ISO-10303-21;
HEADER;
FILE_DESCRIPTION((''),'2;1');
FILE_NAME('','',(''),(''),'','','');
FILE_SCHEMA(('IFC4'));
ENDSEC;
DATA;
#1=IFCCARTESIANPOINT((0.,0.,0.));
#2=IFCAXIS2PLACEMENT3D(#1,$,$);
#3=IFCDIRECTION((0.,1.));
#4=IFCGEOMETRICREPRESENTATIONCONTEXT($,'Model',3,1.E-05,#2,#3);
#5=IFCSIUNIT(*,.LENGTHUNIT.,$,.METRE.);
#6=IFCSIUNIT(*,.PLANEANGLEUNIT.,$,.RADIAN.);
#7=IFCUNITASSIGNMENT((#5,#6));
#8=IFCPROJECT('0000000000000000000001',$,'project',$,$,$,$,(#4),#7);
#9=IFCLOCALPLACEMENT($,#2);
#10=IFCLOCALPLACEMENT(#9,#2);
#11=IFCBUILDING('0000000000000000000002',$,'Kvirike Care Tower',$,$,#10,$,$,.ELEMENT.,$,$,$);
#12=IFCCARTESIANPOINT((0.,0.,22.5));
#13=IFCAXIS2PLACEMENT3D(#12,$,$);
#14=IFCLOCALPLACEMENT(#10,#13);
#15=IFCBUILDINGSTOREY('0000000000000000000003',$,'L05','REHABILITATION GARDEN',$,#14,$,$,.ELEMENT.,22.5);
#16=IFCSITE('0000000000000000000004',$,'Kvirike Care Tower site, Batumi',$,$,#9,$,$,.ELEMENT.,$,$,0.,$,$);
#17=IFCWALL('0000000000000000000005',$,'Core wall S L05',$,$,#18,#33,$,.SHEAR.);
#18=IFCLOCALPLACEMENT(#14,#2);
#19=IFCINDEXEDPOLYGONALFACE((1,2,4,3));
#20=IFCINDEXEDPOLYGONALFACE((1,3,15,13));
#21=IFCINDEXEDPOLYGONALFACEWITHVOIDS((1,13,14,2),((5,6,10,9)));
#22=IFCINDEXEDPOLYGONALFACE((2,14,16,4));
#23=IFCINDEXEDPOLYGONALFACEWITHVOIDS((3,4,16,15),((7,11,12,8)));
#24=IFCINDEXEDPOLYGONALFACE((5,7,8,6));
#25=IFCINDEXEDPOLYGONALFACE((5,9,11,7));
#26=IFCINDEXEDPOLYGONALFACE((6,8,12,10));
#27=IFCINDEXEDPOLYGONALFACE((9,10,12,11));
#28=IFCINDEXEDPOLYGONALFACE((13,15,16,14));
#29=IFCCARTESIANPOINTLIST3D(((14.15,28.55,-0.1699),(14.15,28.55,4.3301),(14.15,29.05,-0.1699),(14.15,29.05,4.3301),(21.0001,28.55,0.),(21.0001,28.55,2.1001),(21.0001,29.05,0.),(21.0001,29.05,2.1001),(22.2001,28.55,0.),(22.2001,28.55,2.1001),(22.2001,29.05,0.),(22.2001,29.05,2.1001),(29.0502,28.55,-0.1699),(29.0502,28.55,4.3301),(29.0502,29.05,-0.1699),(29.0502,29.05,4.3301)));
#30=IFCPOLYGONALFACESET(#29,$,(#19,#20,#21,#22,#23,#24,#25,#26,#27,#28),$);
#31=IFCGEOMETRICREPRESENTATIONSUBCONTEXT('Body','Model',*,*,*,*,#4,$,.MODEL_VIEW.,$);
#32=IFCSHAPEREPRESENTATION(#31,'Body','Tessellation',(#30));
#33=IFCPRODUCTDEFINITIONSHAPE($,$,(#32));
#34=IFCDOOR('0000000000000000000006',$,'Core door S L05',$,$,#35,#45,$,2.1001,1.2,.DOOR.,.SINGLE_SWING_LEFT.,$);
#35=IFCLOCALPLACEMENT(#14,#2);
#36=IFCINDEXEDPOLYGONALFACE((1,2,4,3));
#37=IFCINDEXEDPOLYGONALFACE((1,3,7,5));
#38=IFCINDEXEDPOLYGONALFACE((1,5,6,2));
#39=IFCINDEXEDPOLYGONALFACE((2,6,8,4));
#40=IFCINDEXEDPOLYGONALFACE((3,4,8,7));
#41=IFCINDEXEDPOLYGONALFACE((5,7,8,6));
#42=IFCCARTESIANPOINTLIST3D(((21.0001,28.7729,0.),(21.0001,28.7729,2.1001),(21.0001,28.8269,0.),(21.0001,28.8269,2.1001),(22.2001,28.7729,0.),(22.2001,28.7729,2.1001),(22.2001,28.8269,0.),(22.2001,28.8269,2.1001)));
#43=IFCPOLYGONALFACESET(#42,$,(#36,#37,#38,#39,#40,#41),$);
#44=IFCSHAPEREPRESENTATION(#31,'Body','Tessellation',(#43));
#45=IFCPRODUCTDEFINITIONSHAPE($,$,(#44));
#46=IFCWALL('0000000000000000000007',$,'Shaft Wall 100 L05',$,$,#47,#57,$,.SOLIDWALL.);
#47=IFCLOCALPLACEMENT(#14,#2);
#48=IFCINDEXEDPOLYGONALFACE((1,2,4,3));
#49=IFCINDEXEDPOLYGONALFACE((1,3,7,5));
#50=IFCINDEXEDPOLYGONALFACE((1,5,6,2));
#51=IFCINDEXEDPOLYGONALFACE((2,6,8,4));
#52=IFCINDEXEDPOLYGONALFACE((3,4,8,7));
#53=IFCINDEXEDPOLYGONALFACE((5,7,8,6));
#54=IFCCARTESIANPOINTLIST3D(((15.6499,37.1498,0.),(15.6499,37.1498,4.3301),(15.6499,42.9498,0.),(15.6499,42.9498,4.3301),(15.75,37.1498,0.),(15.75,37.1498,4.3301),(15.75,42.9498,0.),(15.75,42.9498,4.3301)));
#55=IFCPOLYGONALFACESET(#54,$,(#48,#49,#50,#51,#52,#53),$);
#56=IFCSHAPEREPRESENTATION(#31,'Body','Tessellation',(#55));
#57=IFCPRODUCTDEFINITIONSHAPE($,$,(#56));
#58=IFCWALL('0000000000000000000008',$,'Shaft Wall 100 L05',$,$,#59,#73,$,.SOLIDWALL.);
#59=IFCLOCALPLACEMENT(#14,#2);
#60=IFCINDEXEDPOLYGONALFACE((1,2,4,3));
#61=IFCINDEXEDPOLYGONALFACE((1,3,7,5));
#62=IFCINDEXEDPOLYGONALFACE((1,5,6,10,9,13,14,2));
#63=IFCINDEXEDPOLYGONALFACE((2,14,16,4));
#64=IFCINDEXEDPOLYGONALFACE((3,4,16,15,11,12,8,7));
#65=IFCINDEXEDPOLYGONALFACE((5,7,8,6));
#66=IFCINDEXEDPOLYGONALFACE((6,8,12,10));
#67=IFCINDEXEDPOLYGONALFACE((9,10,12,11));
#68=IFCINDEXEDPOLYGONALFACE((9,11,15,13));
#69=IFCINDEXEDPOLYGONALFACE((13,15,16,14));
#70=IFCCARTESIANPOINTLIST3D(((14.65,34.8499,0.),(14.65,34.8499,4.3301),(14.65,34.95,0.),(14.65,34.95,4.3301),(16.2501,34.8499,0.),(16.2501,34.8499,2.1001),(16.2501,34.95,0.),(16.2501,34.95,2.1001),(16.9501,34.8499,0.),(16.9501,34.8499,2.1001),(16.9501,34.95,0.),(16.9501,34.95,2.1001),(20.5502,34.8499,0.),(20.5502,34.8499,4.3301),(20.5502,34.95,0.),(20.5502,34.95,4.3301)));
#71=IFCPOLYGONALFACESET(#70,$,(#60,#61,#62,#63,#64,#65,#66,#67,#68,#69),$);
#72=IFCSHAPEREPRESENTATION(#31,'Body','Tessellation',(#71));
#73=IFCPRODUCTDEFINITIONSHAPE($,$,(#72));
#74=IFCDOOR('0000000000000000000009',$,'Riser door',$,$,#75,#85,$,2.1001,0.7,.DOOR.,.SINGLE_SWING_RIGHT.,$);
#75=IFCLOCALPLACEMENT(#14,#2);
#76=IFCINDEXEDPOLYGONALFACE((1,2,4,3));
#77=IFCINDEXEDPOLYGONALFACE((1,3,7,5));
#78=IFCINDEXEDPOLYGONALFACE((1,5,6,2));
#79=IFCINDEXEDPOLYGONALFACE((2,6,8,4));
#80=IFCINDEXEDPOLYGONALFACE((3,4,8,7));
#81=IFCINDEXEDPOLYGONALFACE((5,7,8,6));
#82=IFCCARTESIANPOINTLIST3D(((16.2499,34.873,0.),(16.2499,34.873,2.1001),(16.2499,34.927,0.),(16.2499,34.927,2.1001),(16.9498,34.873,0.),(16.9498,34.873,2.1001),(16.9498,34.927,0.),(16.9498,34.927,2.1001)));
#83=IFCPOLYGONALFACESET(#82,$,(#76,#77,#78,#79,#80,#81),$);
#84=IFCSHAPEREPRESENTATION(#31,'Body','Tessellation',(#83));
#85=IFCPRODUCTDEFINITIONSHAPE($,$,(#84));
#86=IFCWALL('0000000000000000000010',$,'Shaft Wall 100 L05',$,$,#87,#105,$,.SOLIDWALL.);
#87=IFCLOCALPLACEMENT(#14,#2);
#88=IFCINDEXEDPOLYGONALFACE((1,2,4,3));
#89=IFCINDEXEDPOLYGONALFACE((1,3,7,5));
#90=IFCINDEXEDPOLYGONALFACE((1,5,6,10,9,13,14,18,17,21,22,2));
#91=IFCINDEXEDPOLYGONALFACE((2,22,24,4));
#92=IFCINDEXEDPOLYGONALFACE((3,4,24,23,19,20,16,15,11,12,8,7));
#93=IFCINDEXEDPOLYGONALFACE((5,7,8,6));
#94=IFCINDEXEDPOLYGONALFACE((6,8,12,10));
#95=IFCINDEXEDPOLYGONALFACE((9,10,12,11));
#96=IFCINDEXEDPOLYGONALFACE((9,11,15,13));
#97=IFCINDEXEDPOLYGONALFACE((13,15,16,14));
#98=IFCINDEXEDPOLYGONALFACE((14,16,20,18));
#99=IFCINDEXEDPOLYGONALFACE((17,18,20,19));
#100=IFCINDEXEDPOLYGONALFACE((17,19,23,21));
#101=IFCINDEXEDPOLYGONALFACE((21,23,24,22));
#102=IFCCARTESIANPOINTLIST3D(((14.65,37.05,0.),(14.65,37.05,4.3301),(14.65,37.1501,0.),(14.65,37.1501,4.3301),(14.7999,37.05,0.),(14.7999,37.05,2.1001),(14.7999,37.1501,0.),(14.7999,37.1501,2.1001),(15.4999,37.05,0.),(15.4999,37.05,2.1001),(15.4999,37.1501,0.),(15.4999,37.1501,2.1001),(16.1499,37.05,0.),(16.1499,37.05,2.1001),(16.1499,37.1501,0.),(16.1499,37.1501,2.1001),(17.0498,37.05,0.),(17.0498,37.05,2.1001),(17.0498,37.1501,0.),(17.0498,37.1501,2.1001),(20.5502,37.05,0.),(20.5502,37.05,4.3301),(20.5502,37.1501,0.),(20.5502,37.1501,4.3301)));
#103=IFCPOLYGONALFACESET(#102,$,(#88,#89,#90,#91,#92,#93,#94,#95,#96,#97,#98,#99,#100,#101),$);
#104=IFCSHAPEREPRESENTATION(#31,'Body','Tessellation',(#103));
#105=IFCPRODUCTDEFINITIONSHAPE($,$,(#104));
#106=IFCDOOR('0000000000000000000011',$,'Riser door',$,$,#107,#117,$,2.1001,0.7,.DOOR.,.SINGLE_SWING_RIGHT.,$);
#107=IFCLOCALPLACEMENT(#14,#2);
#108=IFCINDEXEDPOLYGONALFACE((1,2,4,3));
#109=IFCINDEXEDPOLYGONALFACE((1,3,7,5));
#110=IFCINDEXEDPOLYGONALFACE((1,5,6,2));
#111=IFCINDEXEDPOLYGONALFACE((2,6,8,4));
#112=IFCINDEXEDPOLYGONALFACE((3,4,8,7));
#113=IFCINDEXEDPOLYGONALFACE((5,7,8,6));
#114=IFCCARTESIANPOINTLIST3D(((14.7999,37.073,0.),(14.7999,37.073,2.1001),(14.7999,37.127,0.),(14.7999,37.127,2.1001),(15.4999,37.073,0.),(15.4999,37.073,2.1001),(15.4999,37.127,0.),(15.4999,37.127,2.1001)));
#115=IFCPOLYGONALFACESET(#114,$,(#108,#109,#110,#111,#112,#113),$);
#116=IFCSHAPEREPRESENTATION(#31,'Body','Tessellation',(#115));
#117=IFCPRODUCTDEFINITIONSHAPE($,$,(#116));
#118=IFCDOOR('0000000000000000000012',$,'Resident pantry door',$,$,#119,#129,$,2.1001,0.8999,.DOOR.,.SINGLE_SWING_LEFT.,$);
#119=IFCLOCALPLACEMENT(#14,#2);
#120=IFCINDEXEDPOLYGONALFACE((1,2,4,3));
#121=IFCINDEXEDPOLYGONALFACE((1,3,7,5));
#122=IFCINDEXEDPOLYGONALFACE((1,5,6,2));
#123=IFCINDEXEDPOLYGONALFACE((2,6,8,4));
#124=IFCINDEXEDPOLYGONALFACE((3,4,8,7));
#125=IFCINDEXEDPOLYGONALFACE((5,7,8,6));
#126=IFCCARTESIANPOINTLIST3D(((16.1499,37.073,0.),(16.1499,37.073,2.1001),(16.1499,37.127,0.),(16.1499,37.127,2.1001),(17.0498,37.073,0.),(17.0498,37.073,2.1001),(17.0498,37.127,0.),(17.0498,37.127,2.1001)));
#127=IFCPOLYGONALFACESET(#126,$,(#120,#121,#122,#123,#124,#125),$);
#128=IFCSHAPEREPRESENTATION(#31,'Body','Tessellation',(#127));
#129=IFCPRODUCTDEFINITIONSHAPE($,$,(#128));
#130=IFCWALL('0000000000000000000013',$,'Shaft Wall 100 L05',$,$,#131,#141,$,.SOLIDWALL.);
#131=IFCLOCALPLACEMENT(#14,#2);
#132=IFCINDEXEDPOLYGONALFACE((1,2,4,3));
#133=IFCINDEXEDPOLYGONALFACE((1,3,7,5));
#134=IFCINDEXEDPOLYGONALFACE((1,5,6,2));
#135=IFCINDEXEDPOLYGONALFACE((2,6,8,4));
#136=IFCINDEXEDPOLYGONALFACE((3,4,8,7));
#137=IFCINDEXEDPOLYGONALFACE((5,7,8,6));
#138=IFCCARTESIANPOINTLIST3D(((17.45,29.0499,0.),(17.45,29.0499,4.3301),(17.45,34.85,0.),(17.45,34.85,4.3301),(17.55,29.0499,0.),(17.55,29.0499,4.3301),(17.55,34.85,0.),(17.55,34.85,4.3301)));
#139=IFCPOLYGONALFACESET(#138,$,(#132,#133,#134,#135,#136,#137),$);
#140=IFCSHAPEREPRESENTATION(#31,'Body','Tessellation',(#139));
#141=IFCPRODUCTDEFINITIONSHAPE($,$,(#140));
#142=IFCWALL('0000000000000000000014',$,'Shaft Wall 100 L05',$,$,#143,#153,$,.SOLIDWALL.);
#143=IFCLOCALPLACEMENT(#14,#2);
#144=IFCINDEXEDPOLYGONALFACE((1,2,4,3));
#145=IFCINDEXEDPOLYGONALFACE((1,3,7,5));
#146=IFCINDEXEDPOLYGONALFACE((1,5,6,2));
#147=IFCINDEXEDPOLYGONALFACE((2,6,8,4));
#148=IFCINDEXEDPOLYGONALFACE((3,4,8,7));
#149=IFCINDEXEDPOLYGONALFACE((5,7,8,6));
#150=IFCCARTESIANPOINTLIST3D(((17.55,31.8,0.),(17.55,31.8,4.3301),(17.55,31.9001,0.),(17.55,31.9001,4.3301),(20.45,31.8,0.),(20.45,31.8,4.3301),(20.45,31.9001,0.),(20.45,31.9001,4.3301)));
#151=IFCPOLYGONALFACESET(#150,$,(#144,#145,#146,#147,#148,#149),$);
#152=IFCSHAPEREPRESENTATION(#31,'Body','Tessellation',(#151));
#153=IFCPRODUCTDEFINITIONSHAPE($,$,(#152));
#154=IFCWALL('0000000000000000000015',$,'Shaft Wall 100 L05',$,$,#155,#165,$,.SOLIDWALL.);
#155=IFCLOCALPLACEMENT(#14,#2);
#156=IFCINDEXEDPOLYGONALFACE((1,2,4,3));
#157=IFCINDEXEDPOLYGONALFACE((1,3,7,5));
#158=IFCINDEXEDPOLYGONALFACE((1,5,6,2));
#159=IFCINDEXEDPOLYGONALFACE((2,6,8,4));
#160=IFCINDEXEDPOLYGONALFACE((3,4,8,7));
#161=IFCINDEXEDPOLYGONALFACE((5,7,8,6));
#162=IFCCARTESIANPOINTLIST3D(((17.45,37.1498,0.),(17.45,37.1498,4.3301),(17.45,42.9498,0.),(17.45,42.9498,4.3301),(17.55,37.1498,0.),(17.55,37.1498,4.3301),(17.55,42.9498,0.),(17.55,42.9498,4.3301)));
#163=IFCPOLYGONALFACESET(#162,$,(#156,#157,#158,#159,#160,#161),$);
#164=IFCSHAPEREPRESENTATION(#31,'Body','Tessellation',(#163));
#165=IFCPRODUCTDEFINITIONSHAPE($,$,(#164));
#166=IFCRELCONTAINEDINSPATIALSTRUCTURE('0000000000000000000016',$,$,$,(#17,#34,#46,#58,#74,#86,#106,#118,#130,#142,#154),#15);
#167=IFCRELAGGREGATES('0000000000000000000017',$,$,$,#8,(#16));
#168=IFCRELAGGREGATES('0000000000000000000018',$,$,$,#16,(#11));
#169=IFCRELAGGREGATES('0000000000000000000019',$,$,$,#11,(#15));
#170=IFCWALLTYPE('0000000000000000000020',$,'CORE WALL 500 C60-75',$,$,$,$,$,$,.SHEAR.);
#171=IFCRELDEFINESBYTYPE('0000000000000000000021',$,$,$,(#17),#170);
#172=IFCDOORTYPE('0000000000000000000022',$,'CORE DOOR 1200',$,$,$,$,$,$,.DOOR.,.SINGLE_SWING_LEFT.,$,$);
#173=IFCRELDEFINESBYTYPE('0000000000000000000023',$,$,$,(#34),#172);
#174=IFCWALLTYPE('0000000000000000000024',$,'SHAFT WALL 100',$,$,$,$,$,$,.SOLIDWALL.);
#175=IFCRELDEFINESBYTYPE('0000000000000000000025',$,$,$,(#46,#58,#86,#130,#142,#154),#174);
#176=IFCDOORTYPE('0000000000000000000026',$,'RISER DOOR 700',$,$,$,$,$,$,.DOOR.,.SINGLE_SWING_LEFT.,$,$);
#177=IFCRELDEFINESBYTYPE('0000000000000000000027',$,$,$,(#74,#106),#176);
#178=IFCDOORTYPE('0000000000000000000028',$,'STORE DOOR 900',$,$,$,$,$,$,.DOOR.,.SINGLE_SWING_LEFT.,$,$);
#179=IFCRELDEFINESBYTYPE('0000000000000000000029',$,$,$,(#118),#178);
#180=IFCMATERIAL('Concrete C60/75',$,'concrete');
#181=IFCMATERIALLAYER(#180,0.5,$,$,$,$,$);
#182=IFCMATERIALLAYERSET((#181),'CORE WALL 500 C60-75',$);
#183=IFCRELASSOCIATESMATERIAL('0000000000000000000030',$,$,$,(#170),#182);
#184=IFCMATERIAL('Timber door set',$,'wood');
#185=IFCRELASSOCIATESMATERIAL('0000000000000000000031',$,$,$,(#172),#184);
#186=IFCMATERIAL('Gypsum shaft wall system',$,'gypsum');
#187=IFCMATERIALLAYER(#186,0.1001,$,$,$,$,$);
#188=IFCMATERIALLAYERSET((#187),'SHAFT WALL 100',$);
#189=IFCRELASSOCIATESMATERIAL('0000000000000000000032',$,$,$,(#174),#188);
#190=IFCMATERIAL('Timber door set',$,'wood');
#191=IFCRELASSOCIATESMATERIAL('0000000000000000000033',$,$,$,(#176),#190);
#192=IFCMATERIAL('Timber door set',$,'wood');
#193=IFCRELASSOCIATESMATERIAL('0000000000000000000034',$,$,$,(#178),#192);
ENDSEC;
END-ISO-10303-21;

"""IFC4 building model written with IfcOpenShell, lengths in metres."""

from ifc_helpers import new_model, si_unit, direction, frame, frame_2d, origin, place, context, subcontext, project, spatial, rectangle, extrude, material, layer, layer_set, type_object, element, fill, save


model = new_model("IFC4")

# Units and contexts
model_context = context("Model", 3, precision=1e-05, world=origin(), true_north=direction((0.0, 1.0)))
body_context = subcontext(model_context, "Body", "Model", "MODEL_VIEW")
ifc_project = project(units=[si_unit("LENGTHUNIT", "METRE"), si_unit("PLANEANGLEUNIT", "RADIAN")], contexts=[model_context])

# Site, building, storey
site_placement = place(None, origin())
site = spatial("IfcSite", under=ifc_project, at=site_placement, Name="Kvirike Care Tower site, Batumi", CompositionType="ELEMENT", RefElevation=0.0)
building_placement = place(site_placement, origin())
building = spatial("IfcBuilding", under=site, at=building_placement, Name="Kvirike Care Tower", CompositionType="ELEMENT")
storey_placement = place(building_placement, frame((0.0, 0.0, 22.5)))
storey = spatial("IfcBuildingStorey", under=building, at=storey_placement, Name="L05", Description="REHABILITATION GARDEN", CompositionType="ELEMENT", Elevation=22.5)

# Wall, opening, door
ifc_material_1 = material(Name="Concrete C60/75", Category="concrete")
ifc_layer_1 = layer(ifc_material_1, 0.5)
ifc_layer_set_1 = layer_set([ifc_layer_1], Name="CORE WALL 500 C60-75")
wall_type_1 = type_object("IfcWallType", Name="CORE WALL 500 C60-75", PredefinedType="SHEAR", material=ifc_layer_set_1)
wall_1_placement = place(storey_placement, frame((14.1499, 28.8, -0.1699), z_axis=(0.0, 0.0, 1.0), x_axis=(1.0, 0.0, 0.0)))
wall_1 = element("IfcWall", 1, at=wall_1_placement, inside=storey, type_object=wall_type_1, Name="Core wall S L05", PredefinedType="SHEAR", context=body_context, shape_type="SweptSolid", body=[
    extrude(rectangle(XDim=14.9001, YDim=0.5, at=frame_2d((7.4502, 0.0))), origin(), (0.0, 0.0, 1.0), 4.5),
])
opening_1_placement = place(wall_1_placement, frame((6.8501, 0.0, 0.1699)))
opening_1 = element("IfcOpeningElement", 2, at=opening_1_placement, cuts=wall_1, PredefinedType="OPENING", context=body_context, shape_type="SweptSolid", body=[
    extrude(rectangle(XDim=1.2, YDim=2.1001, at=frame_2d((0.6001, 1.05))), frame((0.0, 0.2605, 0.0), z_axis=(0.0, -1.0, 0.0), x_axis=(1.0, 0.0, 0.0)), (0.0, 0.0, 1.0), 0.521),
])
ifc_material_2 = material(Name="Timber door set", Category="wood")
door_type_1 = type_object("IfcDoorType", Name="CORE DOOR 1200", OperationType="SINGLE_SWING_LEFT", PredefinedType="DOOR", material=ifc_material_2)
door_1_placement = place(opening_1_placement, origin())
door_1 = element("IfcDoor", 3, at=door_1_placement, inside=storey, type_object=door_type_1, Name="Core door S L05", OperationType="SINGLE_SWING_LEFT", OverallHeight=2.1001, OverallWidth=1.2, PredefinedType="DOOR", context=body_context, shape_type="SweptSolid", body=[
    extrude(rectangle(XDim=1.2, YDim=2.1001, at=frame_2d((0.6001, 1.05))), frame((0.0, 0.0269, 0.0), z_axis=(0.0, -1.0, 0.0), x_axis=(1.0, 0.0, 0.0)), (0.0, 0.0, 1.0), 0.054),
])
fill(opening_1, door_1)

# Wall
ifc_material_3 = material(Name="Gypsum shaft wall system", Category="gypsum")
ifc_layer_2 = layer(ifc_material_3, 0.1001)
ifc_layer_set_2 = layer_set([ifc_layer_2], Name="SHAFT WALL 100")
wall_type_2 = type_object("IfcWallType", Name="SHAFT WALL 100", PredefinedType="SOLIDWALL", material=ifc_layer_set_2)
wall_2_placement = place(storey_placement, frame((15.7, 37.1499, 0.0), z_axis=(0.0, 0.0, 1.0), x_axis=(0.0, 1.0, 0.0)))
element("IfcWall", 4, at=wall_2_placement, inside=storey, type_object=wall_type_2, Name="Shaft Wall 100 L05", PredefinedType="SOLIDWALL", context=body_context, shape_type="SweptSolid", body=[
    extrude(rectangle(XDim=5.8, YDim=0.1001, at=frame_2d((2.8999, 0.0))), origin(), (0.0, 0.0, 1.0), 4.3301),
])

# Wall, opening, door
wall_3_placement = place(storey_placement, frame((14.6499, 34.8999, 0.0), z_axis=(0.0, 0.0, 1.0), x_axis=(1.0, 0.0, 0.0)))
wall_3 = element("IfcWall", 5, at=wall_3_placement, inside=storey, type_object=wall_type_2, Name="Shaft Wall 100 L05", PredefinedType="SOLIDWALL", context=body_context, shape_type="SweptSolid", body=[
    extrude(rectangle(XDim=5.9001, YDim=0.1001, at=frame_2d((2.9502, 0.0))), origin(), (0.0, 0.0, 1.0), 4.3301),
])
opening_2_placement = place(wall_3_placement, frame((1.6001, 0.0, 0.0)))
opening_2 = element("IfcOpeningElement", 6, at=opening_2_placement, cuts=wall_3, PredefinedType="OPENING", context=body_context, shape_type="SweptSolid", body=[
    extrude(rectangle(XDim=0.7, YDim=2.1001, at=frame_2d((0.3501, 1.05))), frame((0.0, 0.0605, 0.0), z_axis=(0.0, -1.0, 0.0), x_axis=(1.0, 0.0, 0.0)), (0.0, 0.0, 1.0), 0.1211),
])
ifc_material_4 = material(Name="Timber door set", Category="wood")
door_type_2 = type_object("IfcDoorType", Name="RISER DOOR 700", OperationType="SINGLE_SWING_LEFT", PredefinedType="DOOR", material=ifc_material_4)
door_2_placement = place(opening_2_placement, frame((0.7, 0.0, 0.0), z_axis=(0.0, 0.0, 1.0), x_axis=(-1.0, 0.0, 0.0)))
door_2 = element("IfcDoor", 7, at=door_2_placement, inside=storey, type_object=door_type_2, Name="Riser door", OperationType="SINGLE_SWING_RIGHT", OverallHeight=2.1001, OverallWidth=0.7, PredefinedType="DOOR", context=body_context, shape_type="SweptSolid", body=[
    extrude(rectangle(XDim=0.7, YDim=2.1001, at=frame_2d((0.3501, 1.05))), frame((0.0, 0.0269, 0.0), z_axis=(0.0, -1.0, 0.0), x_axis=(1.0, 0.0, 0.0)), (0.0, 0.0, 1.0), 0.054),
])
fill(opening_2, door_2)

# Wall, openings, doors
wall_4_placement = place(storey_placement, frame((14.6499, 37.1001, 0.0), z_axis=(0.0, 0.0, 1.0), x_axis=(1.0, 0.0, 0.0)))
wall_4 = element("IfcWall", 8, at=wall_4_placement, inside=storey, type_object=wall_type_2, Name="Shaft Wall 100 L05", PredefinedType="SOLIDWALL", context=body_context, shape_type="SweptSolid", body=[
    extrude(rectangle(XDim=5.9001, YDim=0.1001, at=frame_2d((2.9502, 0.0))), origin(), (0.0, 0.0, 1.0), 4.3301),
])
opening_3_placement = place(wall_4_placement, frame((0.1499, 0.0, 0.0)))
opening_3 = element("IfcOpeningElement", 9, at=opening_3_placement, cuts=wall_4, PredefinedType="OPENING", context=body_context, shape_type="SweptSolid", body=[
    extrude(rectangle(XDim=0.7, YDim=2.1001, at=frame_2d((0.3501, 1.05))), frame((0.0, 0.0605, 0.0), z_axis=(0.0, -1.0, 0.0), x_axis=(1.0, 0.0, 0.0)), (0.0, 0.0, 1.0), 0.1211),
])
opening_4_placement = place(wall_4_placement, frame((1.5, 0.0, 0.0)))
opening_4 = element("IfcOpeningElement", 10, at=opening_4_placement, cuts=wall_4, PredefinedType="OPENING", context=body_context, shape_type="SweptSolid", body=[
    extrude(rectangle(XDim=0.8999, YDim=2.1001, at=frame_2d((0.45, 1.05))), frame((0.0, 0.0605, 0.0), z_axis=(0.0, -1.0, 0.0), x_axis=(1.0, 0.0, 0.0)), (0.0, 0.0, 1.0), 0.1211),
])
door_3_placement = place(opening_3_placement, origin())
door_3 = element("IfcDoor", 11, at=door_3_placement, inside=storey, type_object=door_type_2, Name="Riser door", OperationType="SINGLE_SWING_RIGHT", OverallHeight=2.1001, OverallWidth=0.7, PredefinedType="DOOR", context=body_context, shape_type="SweptSolid", body=[
    extrude(rectangle(XDim=0.7, YDim=2.1001, at=frame_2d((0.3501, 1.05))), frame((0.0, 0.0269, 0.0), z_axis=(0.0, -1.0, 0.0), x_axis=(1.0, 0.0, 0.0)), (0.0, 0.0, 1.0), 0.054),
])
fill(opening_3, door_3)
ifc_material_5 = material(Name="Timber door set", Category="wood")
door_type_3 = type_object("IfcDoorType", Name="STORE DOOR 900", OperationType="SINGLE_SWING_LEFT", PredefinedType="DOOR", material=ifc_material_5)
door_4_placement = place(opening_4_placement, origin())
door_4 = element("IfcDoor", 12, at=door_4_placement, inside=storey, type_object=door_type_3, Name="Resident pantry door", OperationType="SINGLE_SWING_LEFT", OverallHeight=2.1001, OverallWidth=0.8999, PredefinedType="DOOR", context=body_context, shape_type="SweptSolid", body=[
    extrude(rectangle(XDim=0.8999, YDim=2.1001, at=frame_2d((0.45, 1.05))), frame((0.0, 0.0269, 0.0), z_axis=(0.0, -1.0, 0.0), x_axis=(1.0, 0.0, 0.0)), (0.0, 0.0, 1.0), 0.054),
])
fill(opening_4, door_4)

# Walls
wall_5_placement = place(storey_placement, frame((17.5, 29.05, 0.0), z_axis=(0.0, 0.0, 1.0), x_axis=(0.0, 1.0, 0.0)))
element("IfcWall", 13, at=wall_5_placement, inside=storey, type_object=wall_type_2, Name="Shaft Wall 100 L05", PredefinedType="SOLIDWALL", context=body_context, shape_type="SweptSolid", body=[
    extrude(rectangle(XDim=5.8, YDim=0.1001, at=frame_2d((2.8999, 0.0))), origin(), (0.0, 0.0, 1.0), 4.3301),
])
wall_6_placement = place(storey_placement, frame((17.55, 31.8501, 0.0), z_axis=(0.0, 0.0, 1.0), x_axis=(1.0, 0.0, 0.0)))
element("IfcWall", 14, at=wall_6_placement, inside=storey, type_object=wall_type_2, Name="Shaft Wall 100 L05", PredefinedType="SOLIDWALL", context=body_context, shape_type="SweptSolid", body=[
    extrude(rectangle(XDim=2.8999, YDim=0.1001, at=frame_2d((1.45, 0.0))), origin(), (0.0, 0.0, 1.0), 4.3301),
])
wall_7_placement = place(storey_placement, frame((17.5, 37.1499, 0.0), z_axis=(0.0, 0.0, 1.0), x_axis=(0.0, 1.0, 0.0)))
element("IfcWall", 15, at=wall_7_placement, inside=storey, type_object=wall_type_2, Name="Shaft Wall 100 L05", PredefinedType="SOLIDWALL", context=body_context, shape_type="SweptSolid", body=[
    extrude(rectangle(XDim=5.8, YDim=0.1001, at=frame_2d((2.8999, 0.0))), origin(), (0.0, 0.0, 1.0), 4.3301),
])

save(model, "model.ifc")
